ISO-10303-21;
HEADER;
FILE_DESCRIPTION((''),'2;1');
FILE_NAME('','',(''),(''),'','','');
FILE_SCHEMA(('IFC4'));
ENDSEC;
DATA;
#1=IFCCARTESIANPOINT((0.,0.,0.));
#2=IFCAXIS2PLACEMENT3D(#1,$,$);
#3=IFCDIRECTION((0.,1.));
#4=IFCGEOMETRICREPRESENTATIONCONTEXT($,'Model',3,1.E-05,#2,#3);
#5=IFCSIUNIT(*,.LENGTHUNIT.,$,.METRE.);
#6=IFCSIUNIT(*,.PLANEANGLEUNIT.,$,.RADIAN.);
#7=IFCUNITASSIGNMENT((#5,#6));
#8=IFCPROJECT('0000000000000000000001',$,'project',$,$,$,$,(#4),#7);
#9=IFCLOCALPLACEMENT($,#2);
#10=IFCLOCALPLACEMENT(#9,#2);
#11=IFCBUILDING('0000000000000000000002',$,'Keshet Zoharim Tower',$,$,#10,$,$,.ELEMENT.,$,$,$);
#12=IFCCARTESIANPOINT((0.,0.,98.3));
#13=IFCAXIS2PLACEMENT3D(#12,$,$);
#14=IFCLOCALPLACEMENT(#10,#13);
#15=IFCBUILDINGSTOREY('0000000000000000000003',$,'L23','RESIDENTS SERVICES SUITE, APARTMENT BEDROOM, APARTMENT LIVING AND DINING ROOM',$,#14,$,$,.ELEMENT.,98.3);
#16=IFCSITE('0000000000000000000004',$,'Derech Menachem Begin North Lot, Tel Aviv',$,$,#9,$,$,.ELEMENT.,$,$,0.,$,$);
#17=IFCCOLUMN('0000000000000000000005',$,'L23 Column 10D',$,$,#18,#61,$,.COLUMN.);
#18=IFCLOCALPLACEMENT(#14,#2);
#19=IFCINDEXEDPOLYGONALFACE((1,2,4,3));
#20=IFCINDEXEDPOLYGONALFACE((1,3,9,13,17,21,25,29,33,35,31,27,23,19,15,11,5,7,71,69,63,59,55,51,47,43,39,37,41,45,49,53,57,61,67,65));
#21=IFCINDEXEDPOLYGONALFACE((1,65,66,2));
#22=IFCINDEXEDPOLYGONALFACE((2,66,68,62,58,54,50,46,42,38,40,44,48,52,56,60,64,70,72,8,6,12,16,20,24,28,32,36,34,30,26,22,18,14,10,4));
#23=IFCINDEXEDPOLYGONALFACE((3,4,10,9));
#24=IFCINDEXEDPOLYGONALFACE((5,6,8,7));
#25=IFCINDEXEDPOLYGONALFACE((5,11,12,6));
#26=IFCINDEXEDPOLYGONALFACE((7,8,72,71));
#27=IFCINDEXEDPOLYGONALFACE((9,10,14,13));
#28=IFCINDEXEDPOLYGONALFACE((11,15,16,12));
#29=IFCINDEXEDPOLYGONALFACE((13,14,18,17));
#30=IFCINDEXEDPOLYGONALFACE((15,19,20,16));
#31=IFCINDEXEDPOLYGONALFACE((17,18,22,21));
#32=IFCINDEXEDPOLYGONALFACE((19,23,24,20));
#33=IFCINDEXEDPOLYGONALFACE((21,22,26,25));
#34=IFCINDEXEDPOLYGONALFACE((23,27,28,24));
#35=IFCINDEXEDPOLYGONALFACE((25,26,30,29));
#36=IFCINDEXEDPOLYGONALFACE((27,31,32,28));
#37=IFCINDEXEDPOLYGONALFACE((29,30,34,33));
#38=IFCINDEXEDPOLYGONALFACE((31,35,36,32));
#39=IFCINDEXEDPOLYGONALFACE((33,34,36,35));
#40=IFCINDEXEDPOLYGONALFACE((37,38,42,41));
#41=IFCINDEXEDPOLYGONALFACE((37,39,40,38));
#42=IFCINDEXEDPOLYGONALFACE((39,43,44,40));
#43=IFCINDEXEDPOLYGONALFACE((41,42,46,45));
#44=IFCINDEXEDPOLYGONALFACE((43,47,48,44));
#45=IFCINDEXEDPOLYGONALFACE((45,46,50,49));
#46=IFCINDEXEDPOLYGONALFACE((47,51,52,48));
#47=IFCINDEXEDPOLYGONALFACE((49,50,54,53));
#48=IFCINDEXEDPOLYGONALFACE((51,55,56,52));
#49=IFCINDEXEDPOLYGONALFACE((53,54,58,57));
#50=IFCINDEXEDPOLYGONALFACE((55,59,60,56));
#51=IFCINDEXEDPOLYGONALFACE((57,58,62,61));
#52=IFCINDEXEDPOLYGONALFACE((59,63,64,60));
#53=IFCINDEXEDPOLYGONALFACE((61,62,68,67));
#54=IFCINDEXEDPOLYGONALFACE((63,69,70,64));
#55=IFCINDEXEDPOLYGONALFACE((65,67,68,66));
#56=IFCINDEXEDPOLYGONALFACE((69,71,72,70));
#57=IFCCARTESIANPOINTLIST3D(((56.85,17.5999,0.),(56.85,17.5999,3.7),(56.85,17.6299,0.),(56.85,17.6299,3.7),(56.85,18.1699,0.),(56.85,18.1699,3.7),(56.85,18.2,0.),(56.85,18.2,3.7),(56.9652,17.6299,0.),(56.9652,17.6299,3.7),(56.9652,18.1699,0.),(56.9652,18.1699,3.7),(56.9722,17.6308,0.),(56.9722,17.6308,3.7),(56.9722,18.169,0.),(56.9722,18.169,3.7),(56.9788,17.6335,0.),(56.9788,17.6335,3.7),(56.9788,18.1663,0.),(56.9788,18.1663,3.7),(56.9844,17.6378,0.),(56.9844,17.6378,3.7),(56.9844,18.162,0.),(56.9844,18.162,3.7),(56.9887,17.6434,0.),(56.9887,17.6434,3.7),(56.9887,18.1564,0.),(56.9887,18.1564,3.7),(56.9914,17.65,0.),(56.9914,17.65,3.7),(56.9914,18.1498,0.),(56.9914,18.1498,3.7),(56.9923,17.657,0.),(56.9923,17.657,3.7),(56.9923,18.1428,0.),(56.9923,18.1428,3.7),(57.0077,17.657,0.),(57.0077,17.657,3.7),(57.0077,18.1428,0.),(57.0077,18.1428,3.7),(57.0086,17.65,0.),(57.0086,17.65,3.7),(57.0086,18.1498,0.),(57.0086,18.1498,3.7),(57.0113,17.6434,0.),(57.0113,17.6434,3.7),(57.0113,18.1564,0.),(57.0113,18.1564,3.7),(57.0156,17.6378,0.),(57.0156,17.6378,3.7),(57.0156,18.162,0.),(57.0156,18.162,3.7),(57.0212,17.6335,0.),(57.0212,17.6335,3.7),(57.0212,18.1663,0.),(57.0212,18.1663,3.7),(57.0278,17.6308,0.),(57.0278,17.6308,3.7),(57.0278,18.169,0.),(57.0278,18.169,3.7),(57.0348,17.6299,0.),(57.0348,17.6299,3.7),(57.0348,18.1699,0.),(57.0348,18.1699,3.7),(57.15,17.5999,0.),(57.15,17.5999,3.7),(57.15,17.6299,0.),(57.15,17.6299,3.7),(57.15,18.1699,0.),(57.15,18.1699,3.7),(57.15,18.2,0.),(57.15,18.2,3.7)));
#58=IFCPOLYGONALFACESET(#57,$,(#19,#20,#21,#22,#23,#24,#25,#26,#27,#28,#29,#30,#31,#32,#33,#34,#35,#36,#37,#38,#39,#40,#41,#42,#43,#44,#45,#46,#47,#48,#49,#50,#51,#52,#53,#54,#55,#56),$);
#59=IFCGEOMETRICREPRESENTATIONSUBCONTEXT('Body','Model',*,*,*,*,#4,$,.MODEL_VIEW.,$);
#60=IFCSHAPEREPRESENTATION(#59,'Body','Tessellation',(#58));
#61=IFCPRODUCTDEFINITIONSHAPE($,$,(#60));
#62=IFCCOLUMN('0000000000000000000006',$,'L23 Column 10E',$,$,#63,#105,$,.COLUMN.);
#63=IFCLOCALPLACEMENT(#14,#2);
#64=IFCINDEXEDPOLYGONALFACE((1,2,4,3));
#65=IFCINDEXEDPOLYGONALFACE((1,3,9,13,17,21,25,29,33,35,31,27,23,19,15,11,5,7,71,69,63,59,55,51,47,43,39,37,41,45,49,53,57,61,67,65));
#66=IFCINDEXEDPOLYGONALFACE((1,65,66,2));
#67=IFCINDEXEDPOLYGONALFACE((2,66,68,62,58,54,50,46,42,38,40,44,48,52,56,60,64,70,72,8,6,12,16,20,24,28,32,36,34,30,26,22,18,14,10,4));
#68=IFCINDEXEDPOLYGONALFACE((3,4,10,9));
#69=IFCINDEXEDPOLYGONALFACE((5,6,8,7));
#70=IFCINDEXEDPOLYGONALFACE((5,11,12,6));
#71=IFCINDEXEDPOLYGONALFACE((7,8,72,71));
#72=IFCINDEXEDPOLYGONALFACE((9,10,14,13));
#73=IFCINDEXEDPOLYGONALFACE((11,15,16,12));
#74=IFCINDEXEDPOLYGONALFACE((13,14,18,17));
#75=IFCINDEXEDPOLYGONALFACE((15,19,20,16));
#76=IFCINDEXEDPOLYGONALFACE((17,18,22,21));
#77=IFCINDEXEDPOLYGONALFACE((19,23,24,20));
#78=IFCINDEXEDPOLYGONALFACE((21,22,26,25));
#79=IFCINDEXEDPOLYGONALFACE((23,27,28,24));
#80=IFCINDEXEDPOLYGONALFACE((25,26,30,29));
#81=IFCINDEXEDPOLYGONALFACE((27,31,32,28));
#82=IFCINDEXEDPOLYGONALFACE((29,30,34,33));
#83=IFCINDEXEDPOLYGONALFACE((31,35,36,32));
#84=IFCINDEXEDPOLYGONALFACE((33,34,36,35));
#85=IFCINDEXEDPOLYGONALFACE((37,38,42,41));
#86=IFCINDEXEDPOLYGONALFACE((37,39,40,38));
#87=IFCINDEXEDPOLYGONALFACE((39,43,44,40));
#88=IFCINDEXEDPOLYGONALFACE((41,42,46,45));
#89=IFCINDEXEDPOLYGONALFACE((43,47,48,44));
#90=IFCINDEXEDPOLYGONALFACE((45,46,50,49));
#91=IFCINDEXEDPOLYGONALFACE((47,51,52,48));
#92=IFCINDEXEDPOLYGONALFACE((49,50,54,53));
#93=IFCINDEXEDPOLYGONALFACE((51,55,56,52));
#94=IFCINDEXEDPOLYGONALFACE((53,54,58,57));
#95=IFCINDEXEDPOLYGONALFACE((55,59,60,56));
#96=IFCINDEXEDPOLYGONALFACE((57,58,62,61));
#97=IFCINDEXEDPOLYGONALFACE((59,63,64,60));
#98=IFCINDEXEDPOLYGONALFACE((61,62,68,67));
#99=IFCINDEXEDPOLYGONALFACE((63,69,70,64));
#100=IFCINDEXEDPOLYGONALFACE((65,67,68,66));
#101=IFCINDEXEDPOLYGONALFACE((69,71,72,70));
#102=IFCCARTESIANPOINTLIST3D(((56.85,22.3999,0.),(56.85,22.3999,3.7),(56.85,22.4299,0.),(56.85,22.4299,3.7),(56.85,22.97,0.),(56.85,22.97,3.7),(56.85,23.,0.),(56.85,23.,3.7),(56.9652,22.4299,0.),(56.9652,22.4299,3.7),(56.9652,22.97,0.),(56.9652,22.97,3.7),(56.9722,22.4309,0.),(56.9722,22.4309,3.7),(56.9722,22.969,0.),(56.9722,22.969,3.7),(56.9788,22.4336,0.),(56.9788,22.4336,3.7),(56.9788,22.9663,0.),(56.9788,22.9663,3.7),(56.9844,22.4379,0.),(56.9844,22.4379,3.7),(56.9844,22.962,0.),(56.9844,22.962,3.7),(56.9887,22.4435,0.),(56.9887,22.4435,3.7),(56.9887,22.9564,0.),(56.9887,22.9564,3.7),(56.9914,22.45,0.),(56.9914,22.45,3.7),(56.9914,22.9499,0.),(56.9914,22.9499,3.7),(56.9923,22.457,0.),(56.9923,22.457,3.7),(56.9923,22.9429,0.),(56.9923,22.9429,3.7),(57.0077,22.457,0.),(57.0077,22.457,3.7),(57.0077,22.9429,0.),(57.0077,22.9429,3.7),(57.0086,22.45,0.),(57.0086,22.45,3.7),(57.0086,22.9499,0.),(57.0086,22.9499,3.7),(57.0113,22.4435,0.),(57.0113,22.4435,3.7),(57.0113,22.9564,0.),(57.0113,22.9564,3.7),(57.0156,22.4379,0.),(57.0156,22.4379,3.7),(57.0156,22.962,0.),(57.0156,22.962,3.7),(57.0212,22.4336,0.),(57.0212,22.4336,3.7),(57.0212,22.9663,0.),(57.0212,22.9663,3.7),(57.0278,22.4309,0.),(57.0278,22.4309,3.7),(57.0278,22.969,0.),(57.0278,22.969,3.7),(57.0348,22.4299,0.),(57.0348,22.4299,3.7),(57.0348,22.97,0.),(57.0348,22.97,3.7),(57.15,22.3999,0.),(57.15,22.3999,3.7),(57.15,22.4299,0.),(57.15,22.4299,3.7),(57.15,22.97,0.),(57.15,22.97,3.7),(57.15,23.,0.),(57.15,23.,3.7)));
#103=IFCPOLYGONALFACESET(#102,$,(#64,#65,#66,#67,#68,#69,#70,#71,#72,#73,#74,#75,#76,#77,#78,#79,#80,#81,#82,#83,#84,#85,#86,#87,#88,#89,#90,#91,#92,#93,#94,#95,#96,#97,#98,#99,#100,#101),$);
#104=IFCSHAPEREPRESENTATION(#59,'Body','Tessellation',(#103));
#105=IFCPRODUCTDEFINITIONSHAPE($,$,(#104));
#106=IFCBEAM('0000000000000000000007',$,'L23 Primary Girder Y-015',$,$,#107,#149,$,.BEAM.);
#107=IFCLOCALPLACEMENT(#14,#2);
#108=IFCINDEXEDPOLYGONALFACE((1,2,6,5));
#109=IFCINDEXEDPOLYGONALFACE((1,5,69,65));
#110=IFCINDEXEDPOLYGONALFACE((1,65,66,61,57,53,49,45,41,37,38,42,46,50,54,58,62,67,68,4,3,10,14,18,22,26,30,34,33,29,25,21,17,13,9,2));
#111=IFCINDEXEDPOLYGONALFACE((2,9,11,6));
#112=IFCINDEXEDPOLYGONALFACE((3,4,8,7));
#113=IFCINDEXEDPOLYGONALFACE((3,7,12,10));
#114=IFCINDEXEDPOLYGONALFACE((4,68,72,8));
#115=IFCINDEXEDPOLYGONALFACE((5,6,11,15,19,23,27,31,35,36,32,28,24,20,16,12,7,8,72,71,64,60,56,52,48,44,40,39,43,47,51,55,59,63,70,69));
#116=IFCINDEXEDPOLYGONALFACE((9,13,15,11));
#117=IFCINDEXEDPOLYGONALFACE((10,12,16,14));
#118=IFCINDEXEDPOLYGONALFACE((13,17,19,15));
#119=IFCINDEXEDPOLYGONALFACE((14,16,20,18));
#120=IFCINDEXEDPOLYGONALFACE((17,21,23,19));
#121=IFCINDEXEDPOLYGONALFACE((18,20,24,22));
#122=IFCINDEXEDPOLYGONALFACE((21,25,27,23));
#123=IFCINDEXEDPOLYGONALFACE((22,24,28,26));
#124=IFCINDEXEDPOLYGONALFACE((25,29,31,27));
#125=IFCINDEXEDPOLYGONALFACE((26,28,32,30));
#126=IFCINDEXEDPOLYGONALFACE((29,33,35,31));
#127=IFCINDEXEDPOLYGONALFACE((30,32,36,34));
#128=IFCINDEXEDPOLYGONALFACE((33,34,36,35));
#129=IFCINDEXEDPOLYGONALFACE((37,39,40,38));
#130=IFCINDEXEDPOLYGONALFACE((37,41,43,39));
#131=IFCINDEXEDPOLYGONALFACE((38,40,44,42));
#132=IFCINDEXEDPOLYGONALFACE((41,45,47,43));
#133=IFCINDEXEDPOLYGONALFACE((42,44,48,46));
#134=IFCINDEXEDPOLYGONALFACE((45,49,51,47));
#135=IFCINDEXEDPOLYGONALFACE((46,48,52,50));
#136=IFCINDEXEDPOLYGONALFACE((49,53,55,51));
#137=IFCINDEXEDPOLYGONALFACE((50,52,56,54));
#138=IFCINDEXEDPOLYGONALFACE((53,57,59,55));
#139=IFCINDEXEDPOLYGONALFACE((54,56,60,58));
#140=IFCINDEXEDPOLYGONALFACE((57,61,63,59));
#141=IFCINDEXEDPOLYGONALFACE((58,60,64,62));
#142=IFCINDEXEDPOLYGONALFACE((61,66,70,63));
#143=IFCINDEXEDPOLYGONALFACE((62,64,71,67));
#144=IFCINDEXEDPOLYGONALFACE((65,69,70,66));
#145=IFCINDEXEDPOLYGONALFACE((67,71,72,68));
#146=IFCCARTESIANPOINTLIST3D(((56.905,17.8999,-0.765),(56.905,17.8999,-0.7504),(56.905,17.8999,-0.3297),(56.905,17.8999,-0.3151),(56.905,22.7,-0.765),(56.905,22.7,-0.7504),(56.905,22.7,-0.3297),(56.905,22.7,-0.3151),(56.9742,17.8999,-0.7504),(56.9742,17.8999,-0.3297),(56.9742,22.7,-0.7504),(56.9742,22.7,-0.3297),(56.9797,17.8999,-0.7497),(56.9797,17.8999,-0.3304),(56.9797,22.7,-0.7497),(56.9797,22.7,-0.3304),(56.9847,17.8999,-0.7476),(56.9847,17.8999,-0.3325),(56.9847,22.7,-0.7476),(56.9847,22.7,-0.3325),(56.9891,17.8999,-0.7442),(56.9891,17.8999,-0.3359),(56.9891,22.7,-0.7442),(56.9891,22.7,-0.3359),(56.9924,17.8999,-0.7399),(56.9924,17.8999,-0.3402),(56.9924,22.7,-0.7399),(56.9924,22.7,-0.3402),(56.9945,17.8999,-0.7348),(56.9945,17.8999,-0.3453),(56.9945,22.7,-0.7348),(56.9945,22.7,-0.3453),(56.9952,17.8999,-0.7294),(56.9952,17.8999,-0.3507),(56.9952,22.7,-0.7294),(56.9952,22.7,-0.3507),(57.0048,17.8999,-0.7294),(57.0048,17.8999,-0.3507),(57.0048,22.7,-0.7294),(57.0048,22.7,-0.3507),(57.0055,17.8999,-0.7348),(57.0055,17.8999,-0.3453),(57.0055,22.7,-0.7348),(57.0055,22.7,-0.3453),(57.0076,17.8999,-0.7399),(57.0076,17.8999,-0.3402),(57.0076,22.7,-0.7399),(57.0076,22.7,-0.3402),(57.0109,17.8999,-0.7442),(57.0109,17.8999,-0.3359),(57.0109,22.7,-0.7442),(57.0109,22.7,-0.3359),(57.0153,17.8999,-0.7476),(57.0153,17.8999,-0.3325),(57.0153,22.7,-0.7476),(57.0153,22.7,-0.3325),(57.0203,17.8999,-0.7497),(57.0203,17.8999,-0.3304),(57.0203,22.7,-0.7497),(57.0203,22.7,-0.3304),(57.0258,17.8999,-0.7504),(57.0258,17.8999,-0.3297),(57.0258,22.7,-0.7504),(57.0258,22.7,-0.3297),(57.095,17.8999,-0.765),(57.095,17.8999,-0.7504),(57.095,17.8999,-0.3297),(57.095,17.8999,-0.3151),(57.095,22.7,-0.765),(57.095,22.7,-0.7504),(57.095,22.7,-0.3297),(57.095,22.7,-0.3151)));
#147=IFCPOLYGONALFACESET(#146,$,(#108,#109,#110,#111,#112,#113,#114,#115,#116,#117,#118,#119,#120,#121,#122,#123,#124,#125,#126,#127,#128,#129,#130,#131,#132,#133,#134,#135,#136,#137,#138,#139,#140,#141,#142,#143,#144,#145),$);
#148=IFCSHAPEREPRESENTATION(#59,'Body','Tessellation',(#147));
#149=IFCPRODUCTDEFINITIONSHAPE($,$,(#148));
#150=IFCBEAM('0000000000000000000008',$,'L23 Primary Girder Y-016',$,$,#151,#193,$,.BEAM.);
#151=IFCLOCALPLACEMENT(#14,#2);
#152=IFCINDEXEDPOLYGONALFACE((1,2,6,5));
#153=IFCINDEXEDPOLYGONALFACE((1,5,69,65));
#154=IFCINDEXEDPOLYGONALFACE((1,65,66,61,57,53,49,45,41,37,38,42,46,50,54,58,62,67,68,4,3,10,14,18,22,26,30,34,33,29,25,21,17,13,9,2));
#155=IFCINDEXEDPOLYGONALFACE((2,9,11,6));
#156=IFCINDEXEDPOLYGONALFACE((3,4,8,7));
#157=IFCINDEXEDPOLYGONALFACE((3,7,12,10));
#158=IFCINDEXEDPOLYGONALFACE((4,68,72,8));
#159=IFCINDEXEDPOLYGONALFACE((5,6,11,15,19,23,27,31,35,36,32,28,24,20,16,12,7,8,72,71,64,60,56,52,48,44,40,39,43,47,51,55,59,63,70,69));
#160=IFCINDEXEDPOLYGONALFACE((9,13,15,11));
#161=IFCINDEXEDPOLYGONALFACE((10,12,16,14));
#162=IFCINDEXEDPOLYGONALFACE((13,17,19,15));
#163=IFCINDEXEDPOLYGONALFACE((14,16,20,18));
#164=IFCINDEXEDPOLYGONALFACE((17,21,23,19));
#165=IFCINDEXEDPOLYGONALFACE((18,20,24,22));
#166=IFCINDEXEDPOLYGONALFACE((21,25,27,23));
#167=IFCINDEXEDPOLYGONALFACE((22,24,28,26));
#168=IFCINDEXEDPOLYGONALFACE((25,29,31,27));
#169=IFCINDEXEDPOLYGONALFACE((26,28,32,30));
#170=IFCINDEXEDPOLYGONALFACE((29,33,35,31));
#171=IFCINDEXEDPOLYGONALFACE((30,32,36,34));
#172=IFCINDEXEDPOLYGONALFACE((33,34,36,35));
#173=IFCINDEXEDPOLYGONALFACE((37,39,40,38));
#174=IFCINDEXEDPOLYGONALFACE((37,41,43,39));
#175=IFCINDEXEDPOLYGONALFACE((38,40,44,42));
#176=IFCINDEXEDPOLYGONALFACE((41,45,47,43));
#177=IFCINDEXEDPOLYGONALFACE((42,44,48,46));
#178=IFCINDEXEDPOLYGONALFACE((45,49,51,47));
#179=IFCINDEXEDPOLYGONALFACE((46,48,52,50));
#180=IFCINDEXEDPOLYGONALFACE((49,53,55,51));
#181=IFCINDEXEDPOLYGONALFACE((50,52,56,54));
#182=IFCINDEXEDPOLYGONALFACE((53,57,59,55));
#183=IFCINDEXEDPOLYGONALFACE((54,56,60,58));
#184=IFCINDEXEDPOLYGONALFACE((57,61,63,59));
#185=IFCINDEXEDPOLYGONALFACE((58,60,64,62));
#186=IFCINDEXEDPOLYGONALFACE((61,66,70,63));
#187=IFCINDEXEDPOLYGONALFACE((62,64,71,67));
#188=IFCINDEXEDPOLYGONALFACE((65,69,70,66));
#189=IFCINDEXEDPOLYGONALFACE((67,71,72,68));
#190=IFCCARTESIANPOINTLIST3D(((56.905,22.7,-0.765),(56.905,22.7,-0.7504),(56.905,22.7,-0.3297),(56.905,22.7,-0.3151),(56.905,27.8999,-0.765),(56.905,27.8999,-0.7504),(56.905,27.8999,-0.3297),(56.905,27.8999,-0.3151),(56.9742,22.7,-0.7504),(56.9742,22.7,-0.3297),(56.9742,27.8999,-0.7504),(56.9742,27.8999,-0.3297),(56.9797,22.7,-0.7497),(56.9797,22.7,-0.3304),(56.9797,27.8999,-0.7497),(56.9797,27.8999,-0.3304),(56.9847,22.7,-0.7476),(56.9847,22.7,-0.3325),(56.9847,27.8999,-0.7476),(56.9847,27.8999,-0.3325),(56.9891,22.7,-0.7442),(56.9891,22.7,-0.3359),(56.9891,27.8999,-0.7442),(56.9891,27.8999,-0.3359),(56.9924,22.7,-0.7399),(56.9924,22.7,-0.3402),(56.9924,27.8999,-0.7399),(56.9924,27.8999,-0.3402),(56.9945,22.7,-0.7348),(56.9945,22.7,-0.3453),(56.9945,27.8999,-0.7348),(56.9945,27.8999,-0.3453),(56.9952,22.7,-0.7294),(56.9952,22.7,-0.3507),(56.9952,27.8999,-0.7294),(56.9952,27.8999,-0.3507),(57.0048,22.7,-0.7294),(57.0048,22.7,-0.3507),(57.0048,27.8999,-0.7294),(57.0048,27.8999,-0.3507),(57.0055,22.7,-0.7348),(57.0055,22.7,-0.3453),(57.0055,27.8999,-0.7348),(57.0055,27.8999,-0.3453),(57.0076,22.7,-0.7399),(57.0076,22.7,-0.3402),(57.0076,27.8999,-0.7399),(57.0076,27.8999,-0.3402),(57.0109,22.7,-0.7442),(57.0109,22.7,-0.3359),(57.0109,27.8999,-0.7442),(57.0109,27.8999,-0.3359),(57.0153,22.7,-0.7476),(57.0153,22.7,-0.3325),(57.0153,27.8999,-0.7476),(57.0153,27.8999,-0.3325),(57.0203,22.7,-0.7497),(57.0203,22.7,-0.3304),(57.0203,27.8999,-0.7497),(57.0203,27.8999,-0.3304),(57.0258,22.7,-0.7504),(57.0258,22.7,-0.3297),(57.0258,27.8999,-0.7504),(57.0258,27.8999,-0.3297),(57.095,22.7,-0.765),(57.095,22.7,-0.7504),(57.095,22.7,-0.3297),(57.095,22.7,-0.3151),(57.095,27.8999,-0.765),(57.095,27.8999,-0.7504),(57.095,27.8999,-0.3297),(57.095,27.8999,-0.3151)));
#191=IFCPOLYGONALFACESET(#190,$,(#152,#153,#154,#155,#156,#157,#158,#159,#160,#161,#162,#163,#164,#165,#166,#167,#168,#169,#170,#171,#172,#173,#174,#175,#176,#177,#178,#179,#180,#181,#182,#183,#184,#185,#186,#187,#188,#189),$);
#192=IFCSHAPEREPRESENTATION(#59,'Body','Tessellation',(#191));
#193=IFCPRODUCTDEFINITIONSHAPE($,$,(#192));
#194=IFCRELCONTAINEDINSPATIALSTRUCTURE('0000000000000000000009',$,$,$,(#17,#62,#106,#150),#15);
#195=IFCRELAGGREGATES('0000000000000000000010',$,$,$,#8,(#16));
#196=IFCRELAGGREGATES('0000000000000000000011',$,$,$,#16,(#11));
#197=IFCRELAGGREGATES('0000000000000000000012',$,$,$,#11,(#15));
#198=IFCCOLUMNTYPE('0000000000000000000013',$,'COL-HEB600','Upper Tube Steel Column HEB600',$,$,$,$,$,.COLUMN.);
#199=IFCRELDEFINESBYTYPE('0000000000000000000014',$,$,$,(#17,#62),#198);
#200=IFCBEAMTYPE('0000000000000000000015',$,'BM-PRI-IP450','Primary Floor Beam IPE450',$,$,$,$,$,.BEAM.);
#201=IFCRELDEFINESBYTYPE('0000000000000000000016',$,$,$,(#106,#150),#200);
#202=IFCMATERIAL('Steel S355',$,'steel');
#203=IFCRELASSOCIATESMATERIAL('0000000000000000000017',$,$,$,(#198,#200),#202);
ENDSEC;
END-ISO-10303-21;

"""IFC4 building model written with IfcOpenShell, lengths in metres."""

from ifc_helpers import new_model, si_unit, direction, frame, origin, origin_2d, place, context, subcontext, project, spatial, i_section, extrude, material, material_profile, profile_set, type_object, element, save


model = new_model("IFC4")

# Units and contexts
model_context = context("Model", 3, precision=1e-05, world=origin(), true_north=direction((0.0, 1.0)))
body_context = subcontext(model_context, "Body", "Model", "MODEL_VIEW")
ifc_project = project(units=[si_unit("LENGTHUNIT", "METRE"), si_unit("PLANEANGLEUNIT", "RADIAN")], contexts=[model_context])

# Site, building, storey
site_placement = place(None, origin())
site = spatial("IfcSite", under=ifc_project, at=site_placement, Name="Derech Menachem Begin North Lot, Tel Aviv", CompositionType="ELEMENT", RefElevation=0.0)
building_placement = place(site_placement, origin())
building = spatial("IfcBuilding", under=site, at=building_placement, Name="Keshet Zoharim Tower", CompositionType="ELEMENT")
storey_placement = place(building_placement, frame((0.0, 0.0, 98.3)))
storey = spatial("IfcBuildingStorey", under=building, at=storey_placement, Name="L23", Description="RESIDENTS SERVICES SUITE, APARTMENT BEDROOM, APARTMENT LIVING AND DINING ROOM", CompositionType="ELEMENT", Elevation=98.3)

# Columns
ifc_material_1 = material(Name="Steel S355", Category="steel")
ifc_material_profile_1 = material_profile(ifc_material_1, i_section(OverallWidth=0.3, OverallDepth=0.6001, WebThickness=0.0154, FlangeThickness=0.03, FilletRadius=0.0271, at=origin_2d()), Name="HEB600")
ifc_profile_set_1 = profile_set([ifc_material_profile_1], Name="Steel S355")
column_type = type_object("IfcColumnType", Name="COL-HEB600", Description="Upper Tube Steel Column HEB600", PredefinedType="COLUMN", material=ifc_profile_set_1)
for number, where, z_axis, x_axis, name in (
    (1, (57.0, 17.8999, 0.0), (0.0, 0.0, 1.0), (1.0, 0.0, 0.0), "L23 Column 10D"),
    (2, (57.0, 22.7, 0.0), (0.0, 0.0, 1.0), (1.0, 0.0, 0.0), "L23 Column 10E"),
):
    element("IfcColumn", number, at=place(storey_placement, frame(where, z_axis=z_axis, x_axis=x_axis)), inside=storey, type_object=column_type, Name=name, PredefinedType="COLUMN", context=body_context, shape_type="SweptSolid", body=[
        extrude(i_section(OverallWidth=0.3, OverallDepth=0.6001, WebThickness=0.0154, FlangeThickness=0.03, FilletRadius=0.0271, at=origin_2d()), origin(), (0.0, 0.0, 1.0), 3.7),
    ])

# Beams
ifc_material_profile_2 = material_profile(ifc_material_1, i_section(OverallWidth=0.1899, OverallDepth=0.45, WebThickness=0.0095, FlangeThickness=0.0146, FilletRadius=0.021, at=origin_2d()), Name="IPE450")
ifc_profile_set_2 = profile_set([ifc_material_profile_2], Name="Steel S355")
beam_type = type_object("IfcBeamType", Name="BM-PRI-IP450", Description="Primary Floor Beam IPE450", PredefinedType="BEAM", material=ifc_profile_set_2)
beam_1_placement = place(storey_placement, frame((57.0, 17.8999, -0.54), z_axis=(0.0, 1.0, 0.0), x_axis=(-1.0, 0.0, 0.0)))
element("IfcBeam", 3, at=beam_1_placement, inside=storey, type_object=beam_type, Name="L23 Primary Girder Y-015", PredefinedType="BEAM", context=body_context, shape_type="SweptSolid", body=[
    extrude(i_section(OverallWidth=0.1899, OverallDepth=0.45, WebThickness=0.0095, FlangeThickness=0.0146, FilletRadius=0.021, at=origin_2d()), origin(), (0.0, 0.0, 1.0), 4.8),
])
beam_2_placement = place(storey_placement, frame((57.0, 22.7, -0.54), z_axis=(0.0, 1.0, 0.0), x_axis=(-1.0, 0.0, 0.0)))
element("IfcBeam", 4, at=beam_2_placement, inside=storey, type_object=beam_type, Name="L23 Primary Girder Y-016", PredefinedType="BEAM", context=body_context, shape_type="SweptSolid", body=[
    extrude(i_section(OverallWidth=0.1899, OverallDepth=0.45, WebThickness=0.0095, FlangeThickness=0.0146, FilletRadius=0.021, at=origin_2d()), origin(), (0.0, 0.0, 1.0), 5.2),
])

save(model, "model.ifc")
